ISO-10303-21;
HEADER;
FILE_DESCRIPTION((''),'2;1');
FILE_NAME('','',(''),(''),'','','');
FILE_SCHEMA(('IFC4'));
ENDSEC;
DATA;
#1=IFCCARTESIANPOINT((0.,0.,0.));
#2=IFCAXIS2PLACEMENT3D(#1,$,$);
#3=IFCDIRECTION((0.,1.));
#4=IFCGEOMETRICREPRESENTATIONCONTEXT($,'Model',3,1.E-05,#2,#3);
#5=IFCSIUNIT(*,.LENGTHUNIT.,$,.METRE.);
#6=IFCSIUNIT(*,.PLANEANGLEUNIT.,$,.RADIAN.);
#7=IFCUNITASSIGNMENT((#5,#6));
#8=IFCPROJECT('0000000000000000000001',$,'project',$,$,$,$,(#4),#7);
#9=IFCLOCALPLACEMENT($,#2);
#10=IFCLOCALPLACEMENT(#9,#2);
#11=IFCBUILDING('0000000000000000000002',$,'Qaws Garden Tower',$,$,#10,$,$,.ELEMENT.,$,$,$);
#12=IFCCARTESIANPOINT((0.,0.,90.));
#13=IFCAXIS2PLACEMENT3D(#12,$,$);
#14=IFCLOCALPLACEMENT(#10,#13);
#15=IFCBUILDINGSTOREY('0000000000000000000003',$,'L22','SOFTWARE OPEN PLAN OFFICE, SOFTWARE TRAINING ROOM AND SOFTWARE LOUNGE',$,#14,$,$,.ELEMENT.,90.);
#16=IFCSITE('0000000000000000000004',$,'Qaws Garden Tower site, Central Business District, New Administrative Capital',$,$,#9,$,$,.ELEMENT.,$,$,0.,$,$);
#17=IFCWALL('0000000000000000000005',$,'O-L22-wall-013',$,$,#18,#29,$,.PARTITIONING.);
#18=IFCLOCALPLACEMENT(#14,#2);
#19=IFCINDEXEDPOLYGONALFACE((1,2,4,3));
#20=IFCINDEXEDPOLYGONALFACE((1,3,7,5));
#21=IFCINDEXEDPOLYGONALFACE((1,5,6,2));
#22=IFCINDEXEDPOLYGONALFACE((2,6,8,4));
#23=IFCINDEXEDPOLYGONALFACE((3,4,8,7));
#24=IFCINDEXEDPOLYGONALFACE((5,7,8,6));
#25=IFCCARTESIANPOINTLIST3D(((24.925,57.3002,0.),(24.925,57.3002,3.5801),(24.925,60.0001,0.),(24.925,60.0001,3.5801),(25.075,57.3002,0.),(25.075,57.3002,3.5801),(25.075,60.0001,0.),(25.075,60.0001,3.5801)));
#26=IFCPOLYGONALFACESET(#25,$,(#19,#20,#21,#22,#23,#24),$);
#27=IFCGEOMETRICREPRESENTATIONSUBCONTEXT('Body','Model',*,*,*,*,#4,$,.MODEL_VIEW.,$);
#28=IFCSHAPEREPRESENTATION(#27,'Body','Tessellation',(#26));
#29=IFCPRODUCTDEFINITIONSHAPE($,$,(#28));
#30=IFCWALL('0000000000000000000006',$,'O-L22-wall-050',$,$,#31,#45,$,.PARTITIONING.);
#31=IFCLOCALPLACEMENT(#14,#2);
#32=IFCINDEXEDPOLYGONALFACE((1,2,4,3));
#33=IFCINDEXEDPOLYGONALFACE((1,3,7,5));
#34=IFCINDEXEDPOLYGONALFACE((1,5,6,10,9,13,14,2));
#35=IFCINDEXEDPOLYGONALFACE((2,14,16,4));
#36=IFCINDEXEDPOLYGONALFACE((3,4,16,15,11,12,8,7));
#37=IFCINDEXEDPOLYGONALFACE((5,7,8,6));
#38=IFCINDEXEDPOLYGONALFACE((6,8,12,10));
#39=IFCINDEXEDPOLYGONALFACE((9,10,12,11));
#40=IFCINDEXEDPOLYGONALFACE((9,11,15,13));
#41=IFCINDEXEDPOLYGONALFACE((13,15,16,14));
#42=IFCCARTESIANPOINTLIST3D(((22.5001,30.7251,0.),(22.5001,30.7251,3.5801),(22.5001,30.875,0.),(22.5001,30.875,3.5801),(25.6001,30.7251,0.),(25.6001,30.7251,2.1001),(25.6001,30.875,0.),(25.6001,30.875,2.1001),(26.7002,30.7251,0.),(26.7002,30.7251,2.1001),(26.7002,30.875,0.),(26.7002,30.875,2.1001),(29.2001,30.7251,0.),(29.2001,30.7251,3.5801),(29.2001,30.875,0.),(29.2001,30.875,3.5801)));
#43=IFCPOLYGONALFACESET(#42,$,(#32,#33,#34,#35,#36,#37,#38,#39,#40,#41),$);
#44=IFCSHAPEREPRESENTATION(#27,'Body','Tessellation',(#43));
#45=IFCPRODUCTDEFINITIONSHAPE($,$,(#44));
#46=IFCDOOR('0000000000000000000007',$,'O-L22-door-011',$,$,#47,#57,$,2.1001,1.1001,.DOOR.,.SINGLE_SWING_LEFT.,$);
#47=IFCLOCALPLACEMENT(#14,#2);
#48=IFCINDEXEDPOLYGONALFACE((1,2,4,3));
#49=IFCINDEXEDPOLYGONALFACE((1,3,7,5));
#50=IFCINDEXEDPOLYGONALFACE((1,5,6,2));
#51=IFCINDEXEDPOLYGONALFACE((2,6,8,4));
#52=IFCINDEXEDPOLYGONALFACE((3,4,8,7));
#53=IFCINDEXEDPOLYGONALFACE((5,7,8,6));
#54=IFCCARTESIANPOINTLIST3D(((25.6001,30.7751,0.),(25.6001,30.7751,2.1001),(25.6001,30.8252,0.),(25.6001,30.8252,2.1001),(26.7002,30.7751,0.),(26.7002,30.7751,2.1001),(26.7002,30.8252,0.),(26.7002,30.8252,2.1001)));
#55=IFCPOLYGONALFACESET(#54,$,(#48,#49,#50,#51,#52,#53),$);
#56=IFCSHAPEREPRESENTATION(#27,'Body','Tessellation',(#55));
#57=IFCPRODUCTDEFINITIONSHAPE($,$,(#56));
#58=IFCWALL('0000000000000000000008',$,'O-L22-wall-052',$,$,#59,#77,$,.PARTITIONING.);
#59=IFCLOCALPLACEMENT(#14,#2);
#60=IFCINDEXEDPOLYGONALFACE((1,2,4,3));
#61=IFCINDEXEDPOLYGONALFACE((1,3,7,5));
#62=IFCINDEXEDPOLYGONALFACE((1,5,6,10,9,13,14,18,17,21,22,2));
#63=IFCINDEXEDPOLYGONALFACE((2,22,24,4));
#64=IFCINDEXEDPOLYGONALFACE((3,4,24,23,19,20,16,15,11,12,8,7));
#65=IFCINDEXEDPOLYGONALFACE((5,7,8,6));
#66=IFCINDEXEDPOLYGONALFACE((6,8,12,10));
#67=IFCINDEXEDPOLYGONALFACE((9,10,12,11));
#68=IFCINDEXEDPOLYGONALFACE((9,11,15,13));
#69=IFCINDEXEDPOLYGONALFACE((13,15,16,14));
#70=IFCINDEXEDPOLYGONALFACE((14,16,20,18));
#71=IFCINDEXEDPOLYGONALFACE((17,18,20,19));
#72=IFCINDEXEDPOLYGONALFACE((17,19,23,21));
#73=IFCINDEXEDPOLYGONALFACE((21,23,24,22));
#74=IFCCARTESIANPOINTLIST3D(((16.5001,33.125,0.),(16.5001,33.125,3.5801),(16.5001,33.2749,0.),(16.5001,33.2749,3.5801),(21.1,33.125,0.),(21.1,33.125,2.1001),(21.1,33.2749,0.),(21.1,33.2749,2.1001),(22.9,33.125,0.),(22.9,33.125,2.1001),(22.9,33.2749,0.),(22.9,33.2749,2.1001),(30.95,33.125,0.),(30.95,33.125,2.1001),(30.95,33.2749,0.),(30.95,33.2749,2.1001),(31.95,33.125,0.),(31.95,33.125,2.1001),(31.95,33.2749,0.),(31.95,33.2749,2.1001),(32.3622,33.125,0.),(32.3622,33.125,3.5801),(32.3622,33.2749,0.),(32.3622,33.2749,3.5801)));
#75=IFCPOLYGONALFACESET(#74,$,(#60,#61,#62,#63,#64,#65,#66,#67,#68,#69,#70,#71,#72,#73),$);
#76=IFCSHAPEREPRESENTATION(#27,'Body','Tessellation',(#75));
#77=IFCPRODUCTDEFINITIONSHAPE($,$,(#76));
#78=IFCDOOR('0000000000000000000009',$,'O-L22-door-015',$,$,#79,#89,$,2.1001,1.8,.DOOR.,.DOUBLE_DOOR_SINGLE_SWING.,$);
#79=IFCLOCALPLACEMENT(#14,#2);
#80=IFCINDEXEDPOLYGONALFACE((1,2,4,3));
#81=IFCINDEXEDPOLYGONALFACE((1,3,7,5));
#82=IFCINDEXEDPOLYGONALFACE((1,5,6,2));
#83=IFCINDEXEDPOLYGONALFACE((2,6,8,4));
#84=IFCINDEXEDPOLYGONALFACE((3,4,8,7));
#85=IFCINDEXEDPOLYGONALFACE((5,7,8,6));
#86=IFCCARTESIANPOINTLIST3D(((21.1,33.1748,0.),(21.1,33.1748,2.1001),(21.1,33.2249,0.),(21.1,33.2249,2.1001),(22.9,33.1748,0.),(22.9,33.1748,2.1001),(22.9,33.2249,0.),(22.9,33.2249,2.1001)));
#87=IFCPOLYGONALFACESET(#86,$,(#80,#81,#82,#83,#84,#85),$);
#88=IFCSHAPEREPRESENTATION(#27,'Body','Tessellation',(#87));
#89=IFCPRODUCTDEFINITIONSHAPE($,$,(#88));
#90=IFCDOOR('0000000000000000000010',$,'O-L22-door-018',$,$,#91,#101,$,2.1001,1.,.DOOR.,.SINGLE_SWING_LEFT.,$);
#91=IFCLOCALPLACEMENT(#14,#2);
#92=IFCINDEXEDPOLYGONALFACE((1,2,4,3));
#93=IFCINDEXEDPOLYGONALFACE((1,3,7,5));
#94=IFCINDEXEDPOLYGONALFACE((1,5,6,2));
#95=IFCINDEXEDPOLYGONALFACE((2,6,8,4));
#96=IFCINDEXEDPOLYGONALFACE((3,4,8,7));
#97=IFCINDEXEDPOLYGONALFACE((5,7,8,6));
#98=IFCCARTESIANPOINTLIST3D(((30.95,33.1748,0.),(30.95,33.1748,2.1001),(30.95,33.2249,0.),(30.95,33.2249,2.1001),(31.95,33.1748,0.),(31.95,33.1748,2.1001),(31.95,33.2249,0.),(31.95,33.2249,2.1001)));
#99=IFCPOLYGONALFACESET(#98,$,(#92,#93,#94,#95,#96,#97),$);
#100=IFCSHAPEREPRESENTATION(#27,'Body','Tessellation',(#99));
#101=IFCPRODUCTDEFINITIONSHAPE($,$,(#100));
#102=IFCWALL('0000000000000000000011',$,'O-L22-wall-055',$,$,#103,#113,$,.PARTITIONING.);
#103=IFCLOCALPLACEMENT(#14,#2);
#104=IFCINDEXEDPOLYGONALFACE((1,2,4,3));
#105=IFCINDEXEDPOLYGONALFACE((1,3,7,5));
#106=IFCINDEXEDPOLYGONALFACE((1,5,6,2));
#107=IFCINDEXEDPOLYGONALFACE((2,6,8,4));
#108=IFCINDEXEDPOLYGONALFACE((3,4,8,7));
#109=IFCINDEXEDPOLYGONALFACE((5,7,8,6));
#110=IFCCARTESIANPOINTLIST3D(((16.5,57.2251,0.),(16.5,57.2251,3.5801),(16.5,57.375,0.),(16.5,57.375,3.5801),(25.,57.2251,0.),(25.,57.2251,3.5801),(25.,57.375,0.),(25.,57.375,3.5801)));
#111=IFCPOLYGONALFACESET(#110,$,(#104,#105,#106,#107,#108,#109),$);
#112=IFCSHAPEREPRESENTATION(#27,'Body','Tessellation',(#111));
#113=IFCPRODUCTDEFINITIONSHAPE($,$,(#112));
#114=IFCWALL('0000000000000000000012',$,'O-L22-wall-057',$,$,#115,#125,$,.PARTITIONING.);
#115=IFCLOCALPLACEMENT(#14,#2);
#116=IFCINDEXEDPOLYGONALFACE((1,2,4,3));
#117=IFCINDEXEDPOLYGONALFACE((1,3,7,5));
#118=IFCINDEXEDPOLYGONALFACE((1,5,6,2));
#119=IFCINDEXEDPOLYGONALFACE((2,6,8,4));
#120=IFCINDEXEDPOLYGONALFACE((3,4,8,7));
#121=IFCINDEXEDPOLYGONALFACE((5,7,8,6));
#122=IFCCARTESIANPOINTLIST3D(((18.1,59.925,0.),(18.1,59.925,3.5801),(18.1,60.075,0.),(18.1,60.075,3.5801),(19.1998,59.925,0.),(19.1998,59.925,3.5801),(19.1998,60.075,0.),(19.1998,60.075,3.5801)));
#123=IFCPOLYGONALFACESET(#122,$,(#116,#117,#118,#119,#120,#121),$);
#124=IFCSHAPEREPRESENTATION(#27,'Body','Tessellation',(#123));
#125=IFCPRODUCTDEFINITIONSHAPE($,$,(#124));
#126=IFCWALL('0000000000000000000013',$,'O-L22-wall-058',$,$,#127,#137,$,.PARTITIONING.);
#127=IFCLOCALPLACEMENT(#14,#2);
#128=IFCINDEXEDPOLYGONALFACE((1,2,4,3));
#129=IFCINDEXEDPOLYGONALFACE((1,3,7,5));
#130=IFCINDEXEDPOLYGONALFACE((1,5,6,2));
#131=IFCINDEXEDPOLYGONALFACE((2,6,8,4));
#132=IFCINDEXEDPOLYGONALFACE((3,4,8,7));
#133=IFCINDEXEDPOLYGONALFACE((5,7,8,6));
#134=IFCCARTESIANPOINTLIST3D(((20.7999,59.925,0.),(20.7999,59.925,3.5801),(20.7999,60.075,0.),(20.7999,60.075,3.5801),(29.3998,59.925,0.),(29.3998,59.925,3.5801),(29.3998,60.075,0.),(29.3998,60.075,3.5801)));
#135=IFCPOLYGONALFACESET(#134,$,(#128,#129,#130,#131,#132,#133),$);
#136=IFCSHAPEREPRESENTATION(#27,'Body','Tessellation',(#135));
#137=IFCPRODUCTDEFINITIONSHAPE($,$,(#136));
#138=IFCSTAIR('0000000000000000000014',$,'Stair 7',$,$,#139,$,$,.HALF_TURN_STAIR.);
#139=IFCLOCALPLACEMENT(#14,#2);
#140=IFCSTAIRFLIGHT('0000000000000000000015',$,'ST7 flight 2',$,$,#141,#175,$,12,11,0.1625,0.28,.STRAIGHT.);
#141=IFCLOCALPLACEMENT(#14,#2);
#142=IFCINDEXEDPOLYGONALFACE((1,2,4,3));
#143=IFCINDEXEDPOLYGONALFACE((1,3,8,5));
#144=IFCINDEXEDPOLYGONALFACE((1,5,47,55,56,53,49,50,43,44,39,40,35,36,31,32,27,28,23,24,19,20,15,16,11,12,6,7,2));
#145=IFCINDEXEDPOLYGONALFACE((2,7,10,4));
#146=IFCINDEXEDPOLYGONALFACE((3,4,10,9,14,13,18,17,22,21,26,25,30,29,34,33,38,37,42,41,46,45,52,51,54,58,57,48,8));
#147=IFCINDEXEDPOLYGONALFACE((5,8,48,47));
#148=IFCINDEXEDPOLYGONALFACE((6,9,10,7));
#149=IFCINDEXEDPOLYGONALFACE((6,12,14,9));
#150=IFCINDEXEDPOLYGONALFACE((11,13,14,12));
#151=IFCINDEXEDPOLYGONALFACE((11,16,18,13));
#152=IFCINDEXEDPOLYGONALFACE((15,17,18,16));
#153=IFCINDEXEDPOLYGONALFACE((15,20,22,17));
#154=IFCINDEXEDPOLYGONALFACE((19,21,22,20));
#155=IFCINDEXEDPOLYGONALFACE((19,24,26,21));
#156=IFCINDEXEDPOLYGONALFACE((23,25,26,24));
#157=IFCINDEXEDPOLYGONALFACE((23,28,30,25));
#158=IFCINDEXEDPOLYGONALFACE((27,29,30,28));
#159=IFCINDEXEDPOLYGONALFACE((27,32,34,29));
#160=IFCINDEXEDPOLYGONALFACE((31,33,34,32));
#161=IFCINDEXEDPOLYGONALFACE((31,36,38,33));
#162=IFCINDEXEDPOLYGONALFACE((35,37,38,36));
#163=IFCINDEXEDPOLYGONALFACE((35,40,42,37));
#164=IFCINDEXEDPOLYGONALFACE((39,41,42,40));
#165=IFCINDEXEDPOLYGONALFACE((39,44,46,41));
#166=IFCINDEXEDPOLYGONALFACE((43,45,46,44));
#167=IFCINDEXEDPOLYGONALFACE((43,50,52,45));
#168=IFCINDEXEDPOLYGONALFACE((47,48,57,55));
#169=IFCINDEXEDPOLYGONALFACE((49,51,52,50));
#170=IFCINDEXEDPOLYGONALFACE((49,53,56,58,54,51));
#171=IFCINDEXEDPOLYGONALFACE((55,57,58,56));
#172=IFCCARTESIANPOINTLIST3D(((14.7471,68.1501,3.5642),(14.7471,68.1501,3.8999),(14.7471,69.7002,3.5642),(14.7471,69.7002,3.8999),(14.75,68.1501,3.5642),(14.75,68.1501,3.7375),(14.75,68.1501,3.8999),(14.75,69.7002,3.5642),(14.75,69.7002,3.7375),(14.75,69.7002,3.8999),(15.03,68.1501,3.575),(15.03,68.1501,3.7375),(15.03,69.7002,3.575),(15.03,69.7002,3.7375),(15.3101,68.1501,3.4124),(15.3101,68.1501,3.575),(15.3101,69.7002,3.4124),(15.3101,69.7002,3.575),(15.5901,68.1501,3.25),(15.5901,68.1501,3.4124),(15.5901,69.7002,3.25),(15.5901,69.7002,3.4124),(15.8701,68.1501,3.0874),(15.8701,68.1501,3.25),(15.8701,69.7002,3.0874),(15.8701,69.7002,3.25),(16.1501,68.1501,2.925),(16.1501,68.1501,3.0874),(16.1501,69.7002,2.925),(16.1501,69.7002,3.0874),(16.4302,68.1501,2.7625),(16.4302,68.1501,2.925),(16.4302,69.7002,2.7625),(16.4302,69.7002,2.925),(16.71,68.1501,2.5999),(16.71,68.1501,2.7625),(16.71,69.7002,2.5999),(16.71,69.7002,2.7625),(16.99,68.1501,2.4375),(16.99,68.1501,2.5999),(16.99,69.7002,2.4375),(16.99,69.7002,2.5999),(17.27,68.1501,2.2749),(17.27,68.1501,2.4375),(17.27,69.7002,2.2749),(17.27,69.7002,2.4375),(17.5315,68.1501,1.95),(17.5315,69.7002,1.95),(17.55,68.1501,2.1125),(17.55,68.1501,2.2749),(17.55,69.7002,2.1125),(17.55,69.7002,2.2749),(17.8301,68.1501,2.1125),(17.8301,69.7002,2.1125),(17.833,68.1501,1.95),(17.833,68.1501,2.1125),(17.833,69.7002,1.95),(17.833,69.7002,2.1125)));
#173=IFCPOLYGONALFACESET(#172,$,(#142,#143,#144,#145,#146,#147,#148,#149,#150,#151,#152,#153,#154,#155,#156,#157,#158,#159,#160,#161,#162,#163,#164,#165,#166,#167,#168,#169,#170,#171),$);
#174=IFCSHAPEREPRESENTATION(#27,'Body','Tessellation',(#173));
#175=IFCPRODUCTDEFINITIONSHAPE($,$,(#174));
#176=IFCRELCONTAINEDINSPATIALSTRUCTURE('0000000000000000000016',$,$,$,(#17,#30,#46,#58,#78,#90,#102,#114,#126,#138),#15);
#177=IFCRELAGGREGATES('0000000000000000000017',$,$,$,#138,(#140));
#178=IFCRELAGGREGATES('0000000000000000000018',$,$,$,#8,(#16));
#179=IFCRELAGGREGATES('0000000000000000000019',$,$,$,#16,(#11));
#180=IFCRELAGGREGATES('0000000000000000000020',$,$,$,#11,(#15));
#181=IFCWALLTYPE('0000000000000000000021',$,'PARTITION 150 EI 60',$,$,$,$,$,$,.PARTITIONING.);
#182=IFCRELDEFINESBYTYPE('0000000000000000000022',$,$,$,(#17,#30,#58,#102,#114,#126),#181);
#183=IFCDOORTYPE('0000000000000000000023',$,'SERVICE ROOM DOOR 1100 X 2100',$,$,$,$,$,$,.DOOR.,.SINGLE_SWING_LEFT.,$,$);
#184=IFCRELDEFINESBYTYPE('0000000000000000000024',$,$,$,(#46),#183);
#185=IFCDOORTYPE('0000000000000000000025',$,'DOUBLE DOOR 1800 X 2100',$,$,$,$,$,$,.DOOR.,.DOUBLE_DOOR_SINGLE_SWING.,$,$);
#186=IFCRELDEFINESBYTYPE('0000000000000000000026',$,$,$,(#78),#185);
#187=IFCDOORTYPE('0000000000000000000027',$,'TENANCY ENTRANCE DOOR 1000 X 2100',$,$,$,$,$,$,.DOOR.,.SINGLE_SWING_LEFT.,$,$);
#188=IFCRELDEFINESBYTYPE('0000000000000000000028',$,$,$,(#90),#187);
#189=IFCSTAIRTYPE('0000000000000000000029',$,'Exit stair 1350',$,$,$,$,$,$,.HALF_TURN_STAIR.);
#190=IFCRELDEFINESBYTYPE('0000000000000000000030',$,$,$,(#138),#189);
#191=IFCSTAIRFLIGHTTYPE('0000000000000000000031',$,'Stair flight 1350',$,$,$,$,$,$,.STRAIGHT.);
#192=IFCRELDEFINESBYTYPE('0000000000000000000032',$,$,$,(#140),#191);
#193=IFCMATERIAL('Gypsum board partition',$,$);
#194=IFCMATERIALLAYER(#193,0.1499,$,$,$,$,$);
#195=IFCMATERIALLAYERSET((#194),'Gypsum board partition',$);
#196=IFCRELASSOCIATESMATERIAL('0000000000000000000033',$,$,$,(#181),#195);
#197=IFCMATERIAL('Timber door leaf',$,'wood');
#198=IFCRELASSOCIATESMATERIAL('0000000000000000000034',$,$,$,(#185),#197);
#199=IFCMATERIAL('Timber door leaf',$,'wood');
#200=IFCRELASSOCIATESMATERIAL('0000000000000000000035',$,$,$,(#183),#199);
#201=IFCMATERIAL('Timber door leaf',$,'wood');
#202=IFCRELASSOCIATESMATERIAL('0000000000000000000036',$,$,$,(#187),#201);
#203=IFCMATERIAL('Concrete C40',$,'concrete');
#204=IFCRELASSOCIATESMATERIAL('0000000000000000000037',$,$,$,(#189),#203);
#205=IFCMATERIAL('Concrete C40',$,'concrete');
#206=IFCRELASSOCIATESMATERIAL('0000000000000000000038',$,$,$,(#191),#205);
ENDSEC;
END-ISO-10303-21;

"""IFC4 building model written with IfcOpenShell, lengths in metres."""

from ifc_helpers import new_model, si_unit, direction, frame, frame_2d, origin, place, context, subcontext, project, spatial, polyline, rectangle, outline, extrude, material, layer, layer_set, type_object, element, fill, aggregate, save


model = new_model("IFC4")

# Units and contexts
model_context = context("Model", 3, precision=1e-05, world=origin(), true_north=direction((0.0, 1.0)))
body_context = subcontext(model_context, "Body", "Model", "MODEL_VIEW")
ifc_project = project(units=[si_unit("LENGTHUNIT", "METRE"), si_unit("PLANEANGLEUNIT", "RADIAN")], contexts=[model_context])

# Site, building, storey
site_placement = place(None, origin())
site = spatial("IfcSite", under=ifc_project, at=site_placement, Name="Qaws Garden Tower site, Central Business District, New Administrative Capital", CompositionType="ELEMENT", RefElevation=0.0)
building_placement = place(site_placement, origin())
building = spatial("IfcBuilding", under=site, at=building_placement, Name="Qaws Garden Tower", CompositionType="ELEMENT")
storey_placement = place(building_placement, frame((0.0, 0.0, 90.0)))
storey = spatial("IfcBuildingStorey", under=building, at=storey_placement, Name="L22", Description="SOFTWARE OPEN PLAN OFFICE, SOFTWARE TRAINING ROOM AND SOFTWARE LOUNGE", CompositionType="ELEMENT", Elevation=90.0)

# Shared definitions
ifc_material_1 = material(Name="Gypsum board partition")
ifc_layer_1 = layer(ifc_material_1, 0.1499)
ifc_layer_set_1 = layer_set([ifc_layer_1], Name="Gypsum board partition")
wall_type_1 = type_object("IfcWallType", Name="PARTITION 150 EI 60", PredefinedType="PARTITIONING", material=ifc_layer_set_1)

# Shared definitions
ifc_material_2 = material(Name="Timber door leaf", Category="wood")
door_type_1 = type_object("IfcDoorType", Name="DOUBLE DOOR 1800 X 2100", OperationType="DOUBLE_DOOR_SINGLE_SWING", PredefinedType="DOOR", material=ifc_material_2)

# Wall
wall_1_placement = place(storey_placement, frame((25.0, 57.3, 0.0), z_axis=(0.0, 0.0, 1.0), x_axis=(0.0, 1.0, 0.0)))
element("IfcWall", 1, at=wall_1_placement, inside=storey, type_object=wall_type_1, Name="O-L22-wall-013", PredefinedType="PARTITIONING", context=body_context, shape_type="SweptSolid", body=[
    extrude(rectangle(XDim=2.7, YDim=0.1499, at=frame_2d((1.3501, 0.0))), origin(), (0.0, 0.0, 1.0), 3.5801),
])

# Wall, opening, door
wall_2_placement = place(storey_placement, frame((22.5, 30.8, 0.0), z_axis=(0.0, 0.0, 1.0), x_axis=(1.0, 0.0, 0.0)))
wall_2 = element("IfcWall", 2, at=wall_2_placement, inside=storey, type_object=wall_type_1, Name="O-L22-wall-050", PredefinedType="PARTITIONING", context=body_context, shape_type="SweptSolid", body=[
    extrude(rectangle(XDim=6.7, YDim=0.1499, at=frame_2d((3.3501, 0.0))), origin(), (0.0, 0.0, 1.0), 3.5801),
])
opening_1_placement = place(wall_2_placement, frame((3.1001, 0.0, 0.0)))
opening_1 = element("IfcOpeningElement", 3, at=opening_1_placement, cuts=wall_2, PredefinedType="OPENING", context=body_context, shape_type="SweptSolid", body=[
    extrude(rectangle(XDim=1.1001, YDim=2.1001, at=frame_2d((0.55, 1.05))), frame((0.0, 0.085, 0.0), z_axis=(0.0, -1.0, 0.0), x_axis=(1.0, 0.0, 0.0)), (0.0, 0.0, 1.0), 0.1699),
])
ifc_material_3 = material(Name="Timber door leaf", Category="wood")
door_type_2 = type_object("IfcDoorType", Name="SERVICE ROOM DOOR 1100 X 2100", OperationType="SINGLE_SWING_LEFT", PredefinedType="DOOR", material=ifc_material_3)
door_1_placement = place(opening_1_placement, frame((1.1001, 0.0, 0.0), z_axis=(0.0, 0.0, 1.0), x_axis=(-1.0, 0.0, 0.0)))
door_1 = element("IfcDoor", 4, at=door_1_placement, inside=storey, type_object=door_type_2, Name="O-L22-door-011", OperationType="SINGLE_SWING_LEFT", OverallHeight=2.1001, OverallWidth=1.1001, PredefinedType="DOOR", context=body_context, shape_type="SweptSolid", body=[
    extrude(rectangle(XDim=1.1001, YDim=2.1001, at=frame_2d((0.55, 1.05))), frame((0.0, 0.0249, 0.0), z_axis=(0.0, -1.0, 0.0), x_axis=(1.0, 0.0, 0.0)), (0.0, 0.0, 1.0), 0.05),
])
fill(opening_1, door_1)

# Wall, openings, doors
wall_3_placement = place(storey_placement, frame((16.5, 33.2, 0.0), z_axis=(0.0, 0.0, 1.0), x_axis=(1.0, 0.0, 0.0)))
wall_3 = element("IfcWall", 5, at=wall_3_placement, inside=storey, type_object=wall_type_1, Name="O-L22-wall-052", PredefinedType="PARTITIONING", context=body_context, shape_type="SweptSolid", body=[
    extrude(rectangle(XDim=15.8621, YDim=0.1499, at=frame_2d((7.9312, 0.0))), origin(), (0.0, 0.0, 1.0), 3.5801),
])
opening_2_placement = place(wall_3_placement, frame((4.6001, 0.0, 0.0)))
opening_2 = element("IfcOpeningElement", 6, at=opening_2_placement, cuts=wall_3, PredefinedType="OPENING", context=body_context, shape_type="SweptSolid", body=[
    extrude(rectangle(XDim=1.8, YDim=2.1001, at=frame_2d((0.8999, 1.05))), frame((0.0, 0.085, 0.0), z_axis=(0.0, -1.0, 0.0), x_axis=(1.0, 0.0, 0.0)), (0.0, 0.0, 1.0), 0.1699),
])
opening_3_placement = place(wall_3_placement, frame((14.45, 0.0, 0.0)))
opening_3 = element("IfcOpeningElement", 7, at=opening_3_placement, cuts=wall_3, PredefinedType="OPENING", context=body_context, shape_type="SweptSolid", body=[
    extrude(rectangle(XDim=1.0, YDim=2.1001, at=frame_2d((0.5, 1.05))), frame((0.0, 0.085, 0.0), z_axis=(0.0, -1.0, 0.0), x_axis=(1.0, 0.0, 0.0)), (0.0, 0.0, 1.0), 0.1699),
])
door_2_placement = place(opening_2_placement, origin())
door_2 = element("IfcDoor", 8, at=door_2_placement, inside=storey, type_object=door_type_1, Name="O-L22-door-015", OperationType="DOUBLE_DOOR_SINGLE_SWING", OverallHeight=2.1001, OverallWidth=1.8, PredefinedType="DOOR", context=body_context, shape_type="SweptSolid", body=[
    extrude(rectangle(XDim=1.8, YDim=2.1001, at=frame_2d((0.8999, 1.05))), frame((0.0, 0.0249, 0.0), z_axis=(0.0, -1.0, 0.0), x_axis=(1.0, 0.0, 0.0)), (0.0, 0.0, 1.0), 0.05),
])
fill(opening_2, door_2)
ifc_material_4 = material(Name="Timber door leaf", Category="wood")
door_type_3 = type_object("IfcDoorType", Name="TENANCY ENTRANCE DOOR 1000 X 2100", OperationType="SINGLE_SWING_LEFT", PredefinedType="DOOR", material=ifc_material_4)
door_3_placement = place(opening_3_placement, origin())
door_3 = element("IfcDoor", 9, at=door_3_placement, inside=storey, type_object=door_type_3, Name="O-L22-door-018", OperationType="SINGLE_SWING_LEFT", OverallHeight=2.1001, OverallWidth=1.0, PredefinedType="DOOR", context=body_context, shape_type="SweptSolid", body=[
    extrude(rectangle(XDim=1.0, YDim=2.1001, at=frame_2d((0.5, 1.05))), frame((0.0, 0.0249, 0.0), z_axis=(0.0, -1.0, 0.0), x_axis=(1.0, 0.0, 0.0)), (0.0, 0.0, 1.0), 0.05),
])
fill(opening_3, door_3)

# Walls
wall_4_placement = place(storey_placement, frame((16.5, 57.3, 0.0), z_axis=(0.0, 0.0, 1.0), x_axis=(1.0, 0.0, 0.0)))
element("IfcWall", 10, at=wall_4_placement, inside=storey, type_object=wall_type_1, Name="O-L22-wall-055", PredefinedType="PARTITIONING", context=body_context, shape_type="SweptSolid", body=[
    extrude(rectangle(XDim=8.5, YDim=0.1499, at=frame_2d((4.25, 0.0))), origin(), (0.0, 0.0, 1.0), 3.5801),
])
wall_5_placement = place(storey_placement, frame((18.1001, 60.0, 0.0), z_axis=(0.0, 0.0, 1.0), x_axis=(1.0, 0.0, 0.0)))
element("IfcWall", 11, at=wall_5_placement, inside=storey, type_object=wall_type_1, Name="O-L22-wall-057", PredefinedType="PARTITIONING", context=body_context, shape_type="SweptSolid", body=[
    extrude(rectangle(XDim=1.0999, YDim=0.1499, at=frame_2d((0.5498, 0.0))), origin(), (0.0, 0.0, 1.0), 3.5801),
])
wall_6_placement = place(storey_placement, frame((20.8, 60.0, 0.0), z_axis=(0.0, 0.0, 1.0), x_axis=(1.0, 0.0, 0.0)))
element("IfcWall", 12, at=wall_6_placement, inside=storey, type_object=wall_type_1, Name="O-L22-wall-058", PredefinedType="PARTITIONING", context=body_context, shape_type="SweptSolid", body=[
    extrude(rectangle(XDim=8.5999, YDim=0.1499, at=frame_2d((4.2998, 0.0))), origin(), (0.0, 0.0, 1.0), 3.5801),
])

# Stair, stair flight
ifc_material_5 = material(Name="Concrete C40", Category="concrete")
stair_type = type_object("IfcStairType", Name="Exit stair 1350", PredefinedType="HALF_TURN_STAIR", material=ifc_material_5)
stair_placement = place(storey_placement, origin())
stair = element("IfcStair", 13, at=stair_placement, inside=storey, type_object=stair_type, Name="Stair 7", PredefinedType="HALF_TURN_STAIR")
ifc_material_6 = material(Name="Concrete C40", Category="concrete")
stair_flight_type = type_object("IfcStairFlightType", Name="Stair flight 1350", PredefinedType="STRAIGHT", material=ifc_material_6)
stair_flight_placement = place(storey_placement, frame((17.8301, 68.925, 1.95), z_axis=(0.0, 0.0, 1.0), x_axis=(-1.0, 0.0, 0.0)))
stair_flight = element("IfcStairFlight", 14, at=stair_flight_placement, type_object=stair_flight_type, Name="ST7 flight 2", NumberOfRisers=12, NumberOfTreads=11, PredefinedType="STRAIGHT", RiserHeight=0.1625, TreadLength=0.28, context=body_context, shape_type="SweptSolid", body=[
    extrude(outline(polyline([(-0.0029, 0.0), (-0.0029, 0.1626), (0.0, 0.1626), (0.28, 0.1626), (0.28, 0.325), (0.5601, 0.325), (0.5601, 0.4875), (0.8401, 0.4875), (0.8401, 0.6499), (1.1201, 0.6499), (1.1201, 0.8125), (1.3999, 0.8125), (1.3999, 0.9751), (1.6799, 0.9751), (1.6799, 1.1375), (1.96, 1.1375), (1.96, 1.3), (2.24, 1.3), (2.24, 1.4624), (2.52, 1.4624), (2.52, 1.625), (2.8, 1.625), (2.8, 1.7876), (3.0801, 1.7876), (3.0801, 1.95), (3.083, 1.95), (3.083, 1.6143), (3.0801, 1.6143), (0.2986, 0.0), (-0.0029, 0.0)])), frame((0.0, 0.7749, 0.0), z_axis=(0.0, -1.0, 0.0), x_axis=(1.0, 0.0, 0.0)), (0.0, 0.0, 1.0), 1.55),
])
aggregate(stair, [stair_flight])

save(model, "model.ifc")
